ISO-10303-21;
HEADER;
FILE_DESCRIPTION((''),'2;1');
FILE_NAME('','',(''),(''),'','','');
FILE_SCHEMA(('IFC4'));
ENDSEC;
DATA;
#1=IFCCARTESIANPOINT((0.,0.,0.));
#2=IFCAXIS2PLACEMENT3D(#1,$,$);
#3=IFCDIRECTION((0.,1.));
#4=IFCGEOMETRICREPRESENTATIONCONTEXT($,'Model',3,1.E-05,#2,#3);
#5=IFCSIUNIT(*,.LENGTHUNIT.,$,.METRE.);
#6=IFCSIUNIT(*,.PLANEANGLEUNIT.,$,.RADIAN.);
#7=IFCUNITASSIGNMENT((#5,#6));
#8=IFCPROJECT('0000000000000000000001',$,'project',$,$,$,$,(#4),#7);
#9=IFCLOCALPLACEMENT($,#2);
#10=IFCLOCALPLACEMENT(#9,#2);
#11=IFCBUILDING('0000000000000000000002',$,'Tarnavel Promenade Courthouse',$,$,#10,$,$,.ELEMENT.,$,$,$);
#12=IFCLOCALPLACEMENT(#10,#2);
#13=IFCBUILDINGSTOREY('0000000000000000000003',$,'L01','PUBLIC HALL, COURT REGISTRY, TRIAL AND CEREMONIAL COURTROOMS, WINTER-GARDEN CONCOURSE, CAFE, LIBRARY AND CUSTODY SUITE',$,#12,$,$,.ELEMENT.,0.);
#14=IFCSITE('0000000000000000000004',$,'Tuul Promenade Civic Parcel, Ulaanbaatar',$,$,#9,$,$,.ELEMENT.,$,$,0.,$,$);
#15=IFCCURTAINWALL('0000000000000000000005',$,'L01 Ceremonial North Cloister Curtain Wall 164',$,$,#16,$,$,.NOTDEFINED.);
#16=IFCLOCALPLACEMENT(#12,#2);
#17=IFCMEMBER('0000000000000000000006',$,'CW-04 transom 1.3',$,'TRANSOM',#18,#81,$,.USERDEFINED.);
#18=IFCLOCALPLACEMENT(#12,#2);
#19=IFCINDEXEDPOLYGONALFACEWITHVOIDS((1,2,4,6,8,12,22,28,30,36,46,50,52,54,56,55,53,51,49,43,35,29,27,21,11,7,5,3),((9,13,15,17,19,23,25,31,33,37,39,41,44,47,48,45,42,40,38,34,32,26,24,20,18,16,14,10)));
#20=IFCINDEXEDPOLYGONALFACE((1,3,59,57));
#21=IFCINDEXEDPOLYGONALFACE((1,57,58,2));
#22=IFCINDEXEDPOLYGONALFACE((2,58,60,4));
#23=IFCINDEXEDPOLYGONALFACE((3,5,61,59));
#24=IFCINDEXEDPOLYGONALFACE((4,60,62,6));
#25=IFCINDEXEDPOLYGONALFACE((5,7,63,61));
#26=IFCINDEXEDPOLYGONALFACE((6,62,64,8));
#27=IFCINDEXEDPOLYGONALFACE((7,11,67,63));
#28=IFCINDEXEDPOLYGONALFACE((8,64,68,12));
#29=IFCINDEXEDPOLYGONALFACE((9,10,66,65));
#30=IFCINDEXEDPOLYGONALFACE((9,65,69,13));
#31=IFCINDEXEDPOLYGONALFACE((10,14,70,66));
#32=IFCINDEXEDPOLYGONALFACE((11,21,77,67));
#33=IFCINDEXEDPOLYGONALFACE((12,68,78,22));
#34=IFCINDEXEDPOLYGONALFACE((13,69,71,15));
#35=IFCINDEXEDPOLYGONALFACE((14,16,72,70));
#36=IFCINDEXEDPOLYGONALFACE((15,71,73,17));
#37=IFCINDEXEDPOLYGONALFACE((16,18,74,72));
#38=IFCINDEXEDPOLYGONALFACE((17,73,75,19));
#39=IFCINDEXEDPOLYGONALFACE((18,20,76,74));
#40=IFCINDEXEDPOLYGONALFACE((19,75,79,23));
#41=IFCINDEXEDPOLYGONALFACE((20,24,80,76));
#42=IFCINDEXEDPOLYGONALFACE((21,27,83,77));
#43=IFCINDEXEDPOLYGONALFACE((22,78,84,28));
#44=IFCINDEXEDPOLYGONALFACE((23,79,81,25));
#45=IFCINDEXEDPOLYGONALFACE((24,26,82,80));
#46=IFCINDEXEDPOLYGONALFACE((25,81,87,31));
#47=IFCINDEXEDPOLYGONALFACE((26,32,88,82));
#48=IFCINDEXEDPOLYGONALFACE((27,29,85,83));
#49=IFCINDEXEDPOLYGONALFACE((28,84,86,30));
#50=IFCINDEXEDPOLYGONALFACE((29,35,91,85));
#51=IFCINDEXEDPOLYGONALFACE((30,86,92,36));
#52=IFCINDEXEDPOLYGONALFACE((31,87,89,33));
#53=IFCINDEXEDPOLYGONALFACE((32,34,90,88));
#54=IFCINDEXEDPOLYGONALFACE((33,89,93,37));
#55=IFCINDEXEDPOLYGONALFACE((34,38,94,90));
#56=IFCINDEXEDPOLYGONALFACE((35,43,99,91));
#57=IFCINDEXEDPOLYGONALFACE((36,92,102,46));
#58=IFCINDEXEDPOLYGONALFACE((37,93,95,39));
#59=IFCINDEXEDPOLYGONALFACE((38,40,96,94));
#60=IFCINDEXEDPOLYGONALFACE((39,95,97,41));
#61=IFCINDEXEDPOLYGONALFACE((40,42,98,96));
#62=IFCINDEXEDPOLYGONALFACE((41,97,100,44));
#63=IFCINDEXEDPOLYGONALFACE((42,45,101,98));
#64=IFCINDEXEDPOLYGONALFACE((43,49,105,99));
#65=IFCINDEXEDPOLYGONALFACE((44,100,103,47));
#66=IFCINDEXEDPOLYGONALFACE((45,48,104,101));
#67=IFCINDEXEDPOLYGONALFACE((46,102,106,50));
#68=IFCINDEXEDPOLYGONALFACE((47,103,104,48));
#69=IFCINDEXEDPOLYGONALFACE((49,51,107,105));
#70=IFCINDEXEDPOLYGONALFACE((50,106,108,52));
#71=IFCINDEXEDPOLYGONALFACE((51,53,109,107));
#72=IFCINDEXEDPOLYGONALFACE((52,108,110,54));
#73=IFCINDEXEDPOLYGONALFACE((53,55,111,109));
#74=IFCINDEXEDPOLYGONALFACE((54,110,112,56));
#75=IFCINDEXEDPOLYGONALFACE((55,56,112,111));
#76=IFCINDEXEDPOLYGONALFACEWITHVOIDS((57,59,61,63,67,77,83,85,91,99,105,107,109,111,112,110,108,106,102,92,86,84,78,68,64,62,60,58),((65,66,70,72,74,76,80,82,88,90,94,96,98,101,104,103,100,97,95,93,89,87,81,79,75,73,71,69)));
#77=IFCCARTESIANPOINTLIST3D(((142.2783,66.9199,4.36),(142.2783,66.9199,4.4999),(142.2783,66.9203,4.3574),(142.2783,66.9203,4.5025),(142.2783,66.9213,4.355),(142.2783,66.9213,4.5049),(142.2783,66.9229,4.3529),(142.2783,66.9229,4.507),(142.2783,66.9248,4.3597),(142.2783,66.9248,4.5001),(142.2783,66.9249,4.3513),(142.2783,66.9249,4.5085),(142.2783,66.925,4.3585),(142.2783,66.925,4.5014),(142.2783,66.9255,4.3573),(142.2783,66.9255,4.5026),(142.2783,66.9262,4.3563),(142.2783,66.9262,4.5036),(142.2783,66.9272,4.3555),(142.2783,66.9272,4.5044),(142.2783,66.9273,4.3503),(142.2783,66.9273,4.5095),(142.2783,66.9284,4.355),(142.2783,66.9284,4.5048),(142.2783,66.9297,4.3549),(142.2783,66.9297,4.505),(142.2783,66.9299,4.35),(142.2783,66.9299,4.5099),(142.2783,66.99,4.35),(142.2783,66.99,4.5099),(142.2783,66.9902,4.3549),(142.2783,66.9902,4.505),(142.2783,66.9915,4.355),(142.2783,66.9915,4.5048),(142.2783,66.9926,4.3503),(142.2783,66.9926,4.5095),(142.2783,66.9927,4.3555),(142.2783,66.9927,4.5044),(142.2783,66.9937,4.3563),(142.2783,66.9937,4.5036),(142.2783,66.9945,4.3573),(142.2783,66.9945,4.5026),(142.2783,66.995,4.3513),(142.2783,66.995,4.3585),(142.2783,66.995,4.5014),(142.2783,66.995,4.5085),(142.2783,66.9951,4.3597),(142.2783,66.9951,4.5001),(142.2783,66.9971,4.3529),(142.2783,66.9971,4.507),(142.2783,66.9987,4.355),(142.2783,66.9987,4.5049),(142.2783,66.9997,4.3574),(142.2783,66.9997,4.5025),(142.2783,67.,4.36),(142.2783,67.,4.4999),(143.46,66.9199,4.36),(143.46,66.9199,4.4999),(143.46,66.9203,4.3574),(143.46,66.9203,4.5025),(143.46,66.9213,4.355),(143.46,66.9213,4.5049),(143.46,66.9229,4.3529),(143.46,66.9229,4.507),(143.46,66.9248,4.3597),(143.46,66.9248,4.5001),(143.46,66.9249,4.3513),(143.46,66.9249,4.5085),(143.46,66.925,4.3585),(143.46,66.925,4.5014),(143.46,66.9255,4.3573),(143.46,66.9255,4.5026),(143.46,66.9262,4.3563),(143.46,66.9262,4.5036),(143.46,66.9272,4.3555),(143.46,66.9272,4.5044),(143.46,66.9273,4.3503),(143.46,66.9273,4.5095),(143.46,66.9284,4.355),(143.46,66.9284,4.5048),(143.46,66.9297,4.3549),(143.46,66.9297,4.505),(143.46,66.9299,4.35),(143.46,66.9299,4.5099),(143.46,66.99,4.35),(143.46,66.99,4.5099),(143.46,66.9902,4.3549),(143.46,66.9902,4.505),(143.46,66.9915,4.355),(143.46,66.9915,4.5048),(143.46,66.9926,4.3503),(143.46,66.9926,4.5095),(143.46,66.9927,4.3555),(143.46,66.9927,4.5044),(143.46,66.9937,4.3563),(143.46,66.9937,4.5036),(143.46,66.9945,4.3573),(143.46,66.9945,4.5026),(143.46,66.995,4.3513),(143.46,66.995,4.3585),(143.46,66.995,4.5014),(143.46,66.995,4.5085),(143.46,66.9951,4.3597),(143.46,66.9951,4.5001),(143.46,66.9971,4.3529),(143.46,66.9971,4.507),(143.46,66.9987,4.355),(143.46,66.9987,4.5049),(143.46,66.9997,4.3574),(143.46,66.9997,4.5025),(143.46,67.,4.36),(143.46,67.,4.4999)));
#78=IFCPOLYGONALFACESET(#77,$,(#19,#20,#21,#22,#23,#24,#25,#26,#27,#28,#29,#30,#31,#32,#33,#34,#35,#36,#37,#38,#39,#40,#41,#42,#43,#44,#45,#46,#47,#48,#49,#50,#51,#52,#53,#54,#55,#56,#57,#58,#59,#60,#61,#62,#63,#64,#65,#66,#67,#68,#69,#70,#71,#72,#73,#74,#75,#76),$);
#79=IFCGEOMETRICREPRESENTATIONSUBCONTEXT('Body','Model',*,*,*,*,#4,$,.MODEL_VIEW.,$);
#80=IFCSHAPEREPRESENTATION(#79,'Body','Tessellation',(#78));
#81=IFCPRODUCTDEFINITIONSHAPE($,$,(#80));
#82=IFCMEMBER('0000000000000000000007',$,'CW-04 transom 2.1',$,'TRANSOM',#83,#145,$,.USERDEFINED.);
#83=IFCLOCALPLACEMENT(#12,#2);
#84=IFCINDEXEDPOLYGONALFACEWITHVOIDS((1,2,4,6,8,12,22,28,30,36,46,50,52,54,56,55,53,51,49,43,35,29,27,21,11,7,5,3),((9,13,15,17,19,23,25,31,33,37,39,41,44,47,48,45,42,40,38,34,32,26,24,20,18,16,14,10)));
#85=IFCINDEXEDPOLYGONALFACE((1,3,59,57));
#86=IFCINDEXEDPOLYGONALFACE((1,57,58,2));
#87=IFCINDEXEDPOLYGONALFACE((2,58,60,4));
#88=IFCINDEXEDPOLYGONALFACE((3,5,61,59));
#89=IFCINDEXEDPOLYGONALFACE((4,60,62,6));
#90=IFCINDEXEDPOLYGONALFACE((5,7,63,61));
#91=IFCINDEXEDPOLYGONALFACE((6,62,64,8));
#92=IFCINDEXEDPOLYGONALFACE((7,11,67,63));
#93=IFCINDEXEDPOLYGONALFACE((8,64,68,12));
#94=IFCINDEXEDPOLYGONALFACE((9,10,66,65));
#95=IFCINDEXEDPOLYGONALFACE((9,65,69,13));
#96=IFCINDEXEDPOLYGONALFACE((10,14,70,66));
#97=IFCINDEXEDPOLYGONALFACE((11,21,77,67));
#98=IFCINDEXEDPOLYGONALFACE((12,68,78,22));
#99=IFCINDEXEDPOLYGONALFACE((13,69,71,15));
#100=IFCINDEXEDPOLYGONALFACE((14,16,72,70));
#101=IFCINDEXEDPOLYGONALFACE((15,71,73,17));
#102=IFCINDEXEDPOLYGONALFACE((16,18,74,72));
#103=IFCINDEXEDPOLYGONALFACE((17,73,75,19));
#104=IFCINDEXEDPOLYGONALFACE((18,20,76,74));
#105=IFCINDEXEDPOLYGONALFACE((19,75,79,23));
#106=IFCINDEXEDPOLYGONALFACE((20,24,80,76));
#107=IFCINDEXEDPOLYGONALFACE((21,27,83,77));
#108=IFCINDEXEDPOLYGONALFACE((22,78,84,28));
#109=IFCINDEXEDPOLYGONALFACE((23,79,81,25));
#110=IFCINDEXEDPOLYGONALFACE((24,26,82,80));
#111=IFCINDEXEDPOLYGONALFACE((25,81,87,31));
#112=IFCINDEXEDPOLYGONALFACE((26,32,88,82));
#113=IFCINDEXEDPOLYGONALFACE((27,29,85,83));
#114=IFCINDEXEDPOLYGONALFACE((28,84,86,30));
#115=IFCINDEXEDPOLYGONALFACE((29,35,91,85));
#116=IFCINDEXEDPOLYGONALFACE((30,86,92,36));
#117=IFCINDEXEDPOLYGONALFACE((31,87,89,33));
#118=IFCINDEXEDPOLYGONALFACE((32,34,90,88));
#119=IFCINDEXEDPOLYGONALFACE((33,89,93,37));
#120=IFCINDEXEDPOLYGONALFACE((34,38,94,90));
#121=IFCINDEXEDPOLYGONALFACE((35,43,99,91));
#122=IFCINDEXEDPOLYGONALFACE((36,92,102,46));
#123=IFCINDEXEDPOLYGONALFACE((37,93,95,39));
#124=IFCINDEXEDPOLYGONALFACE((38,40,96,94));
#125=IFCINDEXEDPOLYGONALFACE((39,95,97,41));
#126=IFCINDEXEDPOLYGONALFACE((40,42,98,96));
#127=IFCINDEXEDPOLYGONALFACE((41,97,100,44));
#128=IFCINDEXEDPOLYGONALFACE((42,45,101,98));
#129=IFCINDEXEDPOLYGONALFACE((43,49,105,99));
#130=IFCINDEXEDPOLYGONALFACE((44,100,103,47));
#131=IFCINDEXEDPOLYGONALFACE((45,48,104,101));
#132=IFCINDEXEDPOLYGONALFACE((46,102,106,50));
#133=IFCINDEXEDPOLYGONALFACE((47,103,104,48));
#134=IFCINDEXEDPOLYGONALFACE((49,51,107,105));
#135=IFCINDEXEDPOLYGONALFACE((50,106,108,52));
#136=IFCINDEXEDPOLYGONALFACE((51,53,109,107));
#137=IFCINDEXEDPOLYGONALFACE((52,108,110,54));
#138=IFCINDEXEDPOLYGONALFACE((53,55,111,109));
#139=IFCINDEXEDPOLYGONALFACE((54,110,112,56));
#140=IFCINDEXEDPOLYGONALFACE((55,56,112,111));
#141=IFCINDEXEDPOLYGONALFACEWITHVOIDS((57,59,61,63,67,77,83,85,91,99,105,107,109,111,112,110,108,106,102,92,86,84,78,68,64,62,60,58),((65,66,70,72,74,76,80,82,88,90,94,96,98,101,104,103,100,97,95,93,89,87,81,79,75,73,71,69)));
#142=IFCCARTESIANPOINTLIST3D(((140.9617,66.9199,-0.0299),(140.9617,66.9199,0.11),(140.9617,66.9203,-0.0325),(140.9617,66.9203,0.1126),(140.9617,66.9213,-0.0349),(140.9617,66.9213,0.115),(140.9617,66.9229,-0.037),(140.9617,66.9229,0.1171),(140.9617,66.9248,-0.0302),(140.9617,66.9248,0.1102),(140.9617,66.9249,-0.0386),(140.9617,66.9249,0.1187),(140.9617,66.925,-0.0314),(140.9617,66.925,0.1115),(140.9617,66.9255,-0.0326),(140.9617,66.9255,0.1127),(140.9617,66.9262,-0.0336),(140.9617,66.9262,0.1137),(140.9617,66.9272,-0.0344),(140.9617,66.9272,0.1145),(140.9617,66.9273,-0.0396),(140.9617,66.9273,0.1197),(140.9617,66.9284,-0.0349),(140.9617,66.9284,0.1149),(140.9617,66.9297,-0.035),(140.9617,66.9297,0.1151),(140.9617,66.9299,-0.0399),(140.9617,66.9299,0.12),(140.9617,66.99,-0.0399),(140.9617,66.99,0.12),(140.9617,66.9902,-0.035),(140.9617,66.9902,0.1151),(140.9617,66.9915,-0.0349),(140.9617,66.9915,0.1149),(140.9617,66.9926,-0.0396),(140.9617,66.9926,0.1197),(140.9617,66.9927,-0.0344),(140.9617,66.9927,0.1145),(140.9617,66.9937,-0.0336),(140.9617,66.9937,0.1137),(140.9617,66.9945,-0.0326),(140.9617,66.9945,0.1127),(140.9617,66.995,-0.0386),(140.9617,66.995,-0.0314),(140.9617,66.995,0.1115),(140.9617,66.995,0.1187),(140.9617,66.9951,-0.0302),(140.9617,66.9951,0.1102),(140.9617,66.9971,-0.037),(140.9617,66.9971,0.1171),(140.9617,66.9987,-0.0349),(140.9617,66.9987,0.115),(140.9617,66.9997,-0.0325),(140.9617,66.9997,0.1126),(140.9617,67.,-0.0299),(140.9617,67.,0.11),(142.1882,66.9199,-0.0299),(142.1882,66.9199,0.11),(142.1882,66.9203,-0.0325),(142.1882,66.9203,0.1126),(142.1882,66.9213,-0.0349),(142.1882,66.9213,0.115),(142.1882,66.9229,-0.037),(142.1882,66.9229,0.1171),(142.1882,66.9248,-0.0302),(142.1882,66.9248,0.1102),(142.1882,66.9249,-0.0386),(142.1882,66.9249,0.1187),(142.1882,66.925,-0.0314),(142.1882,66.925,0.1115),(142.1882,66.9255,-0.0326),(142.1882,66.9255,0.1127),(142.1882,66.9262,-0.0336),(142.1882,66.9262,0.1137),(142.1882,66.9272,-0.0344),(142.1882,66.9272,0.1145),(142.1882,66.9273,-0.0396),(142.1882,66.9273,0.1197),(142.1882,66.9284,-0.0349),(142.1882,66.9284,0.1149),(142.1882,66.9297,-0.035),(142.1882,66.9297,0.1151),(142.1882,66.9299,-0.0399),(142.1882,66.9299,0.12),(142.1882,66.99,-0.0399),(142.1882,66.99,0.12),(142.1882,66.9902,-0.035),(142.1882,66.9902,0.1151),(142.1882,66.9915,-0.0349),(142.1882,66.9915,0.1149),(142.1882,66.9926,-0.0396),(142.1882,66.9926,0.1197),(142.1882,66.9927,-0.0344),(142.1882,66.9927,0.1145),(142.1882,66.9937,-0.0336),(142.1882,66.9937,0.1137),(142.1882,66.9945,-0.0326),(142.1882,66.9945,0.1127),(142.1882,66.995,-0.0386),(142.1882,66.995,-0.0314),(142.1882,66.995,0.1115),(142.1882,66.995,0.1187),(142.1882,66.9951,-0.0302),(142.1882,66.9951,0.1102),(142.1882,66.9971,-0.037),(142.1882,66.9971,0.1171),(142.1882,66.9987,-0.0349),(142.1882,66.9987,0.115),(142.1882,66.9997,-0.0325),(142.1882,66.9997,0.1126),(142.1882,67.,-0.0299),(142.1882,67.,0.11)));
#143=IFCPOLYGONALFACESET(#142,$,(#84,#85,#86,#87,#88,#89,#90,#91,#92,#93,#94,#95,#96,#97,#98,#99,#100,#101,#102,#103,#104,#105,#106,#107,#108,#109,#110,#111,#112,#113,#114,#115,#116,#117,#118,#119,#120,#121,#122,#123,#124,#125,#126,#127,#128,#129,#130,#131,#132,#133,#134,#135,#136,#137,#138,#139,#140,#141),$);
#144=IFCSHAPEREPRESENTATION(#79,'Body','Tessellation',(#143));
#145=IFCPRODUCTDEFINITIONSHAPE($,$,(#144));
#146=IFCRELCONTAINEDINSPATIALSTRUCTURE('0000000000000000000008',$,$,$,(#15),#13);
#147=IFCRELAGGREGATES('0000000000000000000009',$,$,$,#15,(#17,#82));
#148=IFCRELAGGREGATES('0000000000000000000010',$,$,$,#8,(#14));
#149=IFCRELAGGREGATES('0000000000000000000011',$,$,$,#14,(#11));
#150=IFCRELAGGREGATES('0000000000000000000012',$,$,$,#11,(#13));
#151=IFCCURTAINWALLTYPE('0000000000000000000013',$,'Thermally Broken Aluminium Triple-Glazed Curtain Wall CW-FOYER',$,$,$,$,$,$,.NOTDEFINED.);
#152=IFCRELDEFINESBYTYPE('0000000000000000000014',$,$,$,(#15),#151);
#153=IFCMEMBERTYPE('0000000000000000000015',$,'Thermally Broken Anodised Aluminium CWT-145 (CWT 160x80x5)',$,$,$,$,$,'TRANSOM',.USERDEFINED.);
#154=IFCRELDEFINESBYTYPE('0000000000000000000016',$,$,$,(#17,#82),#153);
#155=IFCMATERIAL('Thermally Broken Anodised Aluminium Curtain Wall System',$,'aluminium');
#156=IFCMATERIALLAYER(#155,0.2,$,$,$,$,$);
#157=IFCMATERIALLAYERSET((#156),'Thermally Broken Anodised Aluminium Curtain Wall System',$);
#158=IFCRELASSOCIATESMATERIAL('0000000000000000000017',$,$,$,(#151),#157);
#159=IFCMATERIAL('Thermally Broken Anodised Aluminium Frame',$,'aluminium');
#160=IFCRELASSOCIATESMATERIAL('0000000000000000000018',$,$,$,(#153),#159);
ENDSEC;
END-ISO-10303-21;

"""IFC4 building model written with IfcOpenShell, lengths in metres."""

from ifc_helpers import new_model, si_unit, direction, frame, origin, origin_2d, place, context, subcontext, project, spatial, hollow_rectangle, extrude, material, layer, layer_set, material_profile, profile_set, type_object, element, aggregate, save


model = new_model("IFC4")

# Units and contexts
model_context = context("Model", 3, precision=1e-05, world=origin(), true_north=direction((0.0, 1.0)))
body_context = subcontext(model_context, "Body", "Model", "MODEL_VIEW")
ifc_project = project(units=[si_unit("LENGTHUNIT", "METRE"), si_unit("PLANEANGLEUNIT", "RADIAN")], contexts=[model_context])

# Site, building, storey
site_placement = place(None, origin())
site = spatial("IfcSite", under=ifc_project, at=site_placement, Name="Tuul Promenade Civic Parcel, Ulaanbaatar", CompositionType="ELEMENT", RefElevation=0.0)
building_placement = place(site_placement, origin())
building = spatial("IfcBuilding", under=site, at=building_placement, Name="Tarnavel Promenade Courthouse", CompositionType="ELEMENT")
storey_placement = place(building_placement, origin())
storey = spatial("IfcBuildingStorey", under=building, at=storey_placement, Name="L01", Description="PUBLIC HALL, COURT REGISTRY, TRIAL AND CEREMONIAL COURTROOMS, WINTER-GARDEN CONCOURSE, CAFE, LIBRARY AND CUSTODY SUITE", CompositionType="ELEMENT", Elevation=0.0)

# Curtain wall
ifc_material_1 = material(Name="Thermally Broken Anodised Aluminium Curtain Wall System", Category="aluminium")
ifc_layer_1 = layer(ifc_material_1, 0.2)
ifc_layer_set_1 = layer_set([ifc_layer_1], Name="Thermally Broken Anodised Aluminium Curtain Wall System")
curtain_wall_type = type_object("IfcCurtainWallType", Name="Thermally Broken Aluminium Triple-Glazed Curtain Wall CW-FOYER", PredefinedType="NOTDEFINED", material=ifc_layer_set_1)
curtain_wall_1_placement = place(storey_placement, origin())
curtain_wall_1 = element("IfcCurtainWall", 1, at=curtain_wall_1_placement, inside=storey, type_object=curtain_wall_type, Name="L01 Ceremonial North Cloister Curtain Wall 164", PredefinedType="NOTDEFINED")
ifc_material_2 = material(Name="Thermally Broken Anodised Aluminium Frame", Category="aluminium")

# Members
ifc_material_profile_1 = material_profile(ifc_material_2, hollow_rectangle(XDim=0.0801, YDim=0.1599, WallThickness=0.0049, InnerFilletRadius=0.0049, OuterFilletRadius=0.01, at=origin_2d()), Name="CWT 160x80x5")
ifc_profile_set_1 = profile_set([ifc_material_profile_1], Name="Thermally Broken Anodised Aluminium Frame")
member_type_1 = type_object("IfcMemberType", Name="Thermally Broken Anodised Aluminium CWT-145 (CWT 160x80x5)", ElementType="TRANSOM", PredefinedType="USERDEFINED", material=ifc_profile_set_1)
member_1_placement = place(storey_placement, frame((143.46, 66.96, 4.4299), z_axis=(-1.0, 0.0, 0.0), x_axis=(0.0, -1.0, 0.0)))
member_1 = element("IfcMember", 2, at=member_1_placement, type_object=member_type_1, Name="CW-04 transom 1.3", ObjectType="TRANSOM", PredefinedType="USERDEFINED", context=body_context, shape_type="SweptSolid", body=[
    extrude(hollow_rectangle(XDim=0.0801, YDim=0.1599, WallThickness=0.0049, InnerFilletRadius=0.0049, OuterFilletRadius=0.01, at=origin_2d()), origin(), (0.0, 0.0, 1.0), 1.1816),
])
member_2_placement = place(storey_placement, frame((142.1882, 66.96, 0.04), z_axis=(-1.0, 0.0, 0.0), x_axis=(0.0, -1.0, 0.0)))
member_2 = element("IfcMember", 3, at=member_2_placement, type_object=member_type_1, Name="CW-04 transom 2.1", ObjectType="TRANSOM", PredefinedType="USERDEFINED", context=body_context, shape_type="SweptSolid", body=[
    extrude(hollow_rectangle(XDim=0.0801, YDim=0.1599, WallThickness=0.0049, InnerFilletRadius=0.0049, OuterFilletRadius=0.01, at=origin_2d()), origin(), (0.0, 0.0, 1.0), 1.2266),
])

aggregate(curtain_wall_1, [member_1, member_2])

save(model, "model.ifc")
